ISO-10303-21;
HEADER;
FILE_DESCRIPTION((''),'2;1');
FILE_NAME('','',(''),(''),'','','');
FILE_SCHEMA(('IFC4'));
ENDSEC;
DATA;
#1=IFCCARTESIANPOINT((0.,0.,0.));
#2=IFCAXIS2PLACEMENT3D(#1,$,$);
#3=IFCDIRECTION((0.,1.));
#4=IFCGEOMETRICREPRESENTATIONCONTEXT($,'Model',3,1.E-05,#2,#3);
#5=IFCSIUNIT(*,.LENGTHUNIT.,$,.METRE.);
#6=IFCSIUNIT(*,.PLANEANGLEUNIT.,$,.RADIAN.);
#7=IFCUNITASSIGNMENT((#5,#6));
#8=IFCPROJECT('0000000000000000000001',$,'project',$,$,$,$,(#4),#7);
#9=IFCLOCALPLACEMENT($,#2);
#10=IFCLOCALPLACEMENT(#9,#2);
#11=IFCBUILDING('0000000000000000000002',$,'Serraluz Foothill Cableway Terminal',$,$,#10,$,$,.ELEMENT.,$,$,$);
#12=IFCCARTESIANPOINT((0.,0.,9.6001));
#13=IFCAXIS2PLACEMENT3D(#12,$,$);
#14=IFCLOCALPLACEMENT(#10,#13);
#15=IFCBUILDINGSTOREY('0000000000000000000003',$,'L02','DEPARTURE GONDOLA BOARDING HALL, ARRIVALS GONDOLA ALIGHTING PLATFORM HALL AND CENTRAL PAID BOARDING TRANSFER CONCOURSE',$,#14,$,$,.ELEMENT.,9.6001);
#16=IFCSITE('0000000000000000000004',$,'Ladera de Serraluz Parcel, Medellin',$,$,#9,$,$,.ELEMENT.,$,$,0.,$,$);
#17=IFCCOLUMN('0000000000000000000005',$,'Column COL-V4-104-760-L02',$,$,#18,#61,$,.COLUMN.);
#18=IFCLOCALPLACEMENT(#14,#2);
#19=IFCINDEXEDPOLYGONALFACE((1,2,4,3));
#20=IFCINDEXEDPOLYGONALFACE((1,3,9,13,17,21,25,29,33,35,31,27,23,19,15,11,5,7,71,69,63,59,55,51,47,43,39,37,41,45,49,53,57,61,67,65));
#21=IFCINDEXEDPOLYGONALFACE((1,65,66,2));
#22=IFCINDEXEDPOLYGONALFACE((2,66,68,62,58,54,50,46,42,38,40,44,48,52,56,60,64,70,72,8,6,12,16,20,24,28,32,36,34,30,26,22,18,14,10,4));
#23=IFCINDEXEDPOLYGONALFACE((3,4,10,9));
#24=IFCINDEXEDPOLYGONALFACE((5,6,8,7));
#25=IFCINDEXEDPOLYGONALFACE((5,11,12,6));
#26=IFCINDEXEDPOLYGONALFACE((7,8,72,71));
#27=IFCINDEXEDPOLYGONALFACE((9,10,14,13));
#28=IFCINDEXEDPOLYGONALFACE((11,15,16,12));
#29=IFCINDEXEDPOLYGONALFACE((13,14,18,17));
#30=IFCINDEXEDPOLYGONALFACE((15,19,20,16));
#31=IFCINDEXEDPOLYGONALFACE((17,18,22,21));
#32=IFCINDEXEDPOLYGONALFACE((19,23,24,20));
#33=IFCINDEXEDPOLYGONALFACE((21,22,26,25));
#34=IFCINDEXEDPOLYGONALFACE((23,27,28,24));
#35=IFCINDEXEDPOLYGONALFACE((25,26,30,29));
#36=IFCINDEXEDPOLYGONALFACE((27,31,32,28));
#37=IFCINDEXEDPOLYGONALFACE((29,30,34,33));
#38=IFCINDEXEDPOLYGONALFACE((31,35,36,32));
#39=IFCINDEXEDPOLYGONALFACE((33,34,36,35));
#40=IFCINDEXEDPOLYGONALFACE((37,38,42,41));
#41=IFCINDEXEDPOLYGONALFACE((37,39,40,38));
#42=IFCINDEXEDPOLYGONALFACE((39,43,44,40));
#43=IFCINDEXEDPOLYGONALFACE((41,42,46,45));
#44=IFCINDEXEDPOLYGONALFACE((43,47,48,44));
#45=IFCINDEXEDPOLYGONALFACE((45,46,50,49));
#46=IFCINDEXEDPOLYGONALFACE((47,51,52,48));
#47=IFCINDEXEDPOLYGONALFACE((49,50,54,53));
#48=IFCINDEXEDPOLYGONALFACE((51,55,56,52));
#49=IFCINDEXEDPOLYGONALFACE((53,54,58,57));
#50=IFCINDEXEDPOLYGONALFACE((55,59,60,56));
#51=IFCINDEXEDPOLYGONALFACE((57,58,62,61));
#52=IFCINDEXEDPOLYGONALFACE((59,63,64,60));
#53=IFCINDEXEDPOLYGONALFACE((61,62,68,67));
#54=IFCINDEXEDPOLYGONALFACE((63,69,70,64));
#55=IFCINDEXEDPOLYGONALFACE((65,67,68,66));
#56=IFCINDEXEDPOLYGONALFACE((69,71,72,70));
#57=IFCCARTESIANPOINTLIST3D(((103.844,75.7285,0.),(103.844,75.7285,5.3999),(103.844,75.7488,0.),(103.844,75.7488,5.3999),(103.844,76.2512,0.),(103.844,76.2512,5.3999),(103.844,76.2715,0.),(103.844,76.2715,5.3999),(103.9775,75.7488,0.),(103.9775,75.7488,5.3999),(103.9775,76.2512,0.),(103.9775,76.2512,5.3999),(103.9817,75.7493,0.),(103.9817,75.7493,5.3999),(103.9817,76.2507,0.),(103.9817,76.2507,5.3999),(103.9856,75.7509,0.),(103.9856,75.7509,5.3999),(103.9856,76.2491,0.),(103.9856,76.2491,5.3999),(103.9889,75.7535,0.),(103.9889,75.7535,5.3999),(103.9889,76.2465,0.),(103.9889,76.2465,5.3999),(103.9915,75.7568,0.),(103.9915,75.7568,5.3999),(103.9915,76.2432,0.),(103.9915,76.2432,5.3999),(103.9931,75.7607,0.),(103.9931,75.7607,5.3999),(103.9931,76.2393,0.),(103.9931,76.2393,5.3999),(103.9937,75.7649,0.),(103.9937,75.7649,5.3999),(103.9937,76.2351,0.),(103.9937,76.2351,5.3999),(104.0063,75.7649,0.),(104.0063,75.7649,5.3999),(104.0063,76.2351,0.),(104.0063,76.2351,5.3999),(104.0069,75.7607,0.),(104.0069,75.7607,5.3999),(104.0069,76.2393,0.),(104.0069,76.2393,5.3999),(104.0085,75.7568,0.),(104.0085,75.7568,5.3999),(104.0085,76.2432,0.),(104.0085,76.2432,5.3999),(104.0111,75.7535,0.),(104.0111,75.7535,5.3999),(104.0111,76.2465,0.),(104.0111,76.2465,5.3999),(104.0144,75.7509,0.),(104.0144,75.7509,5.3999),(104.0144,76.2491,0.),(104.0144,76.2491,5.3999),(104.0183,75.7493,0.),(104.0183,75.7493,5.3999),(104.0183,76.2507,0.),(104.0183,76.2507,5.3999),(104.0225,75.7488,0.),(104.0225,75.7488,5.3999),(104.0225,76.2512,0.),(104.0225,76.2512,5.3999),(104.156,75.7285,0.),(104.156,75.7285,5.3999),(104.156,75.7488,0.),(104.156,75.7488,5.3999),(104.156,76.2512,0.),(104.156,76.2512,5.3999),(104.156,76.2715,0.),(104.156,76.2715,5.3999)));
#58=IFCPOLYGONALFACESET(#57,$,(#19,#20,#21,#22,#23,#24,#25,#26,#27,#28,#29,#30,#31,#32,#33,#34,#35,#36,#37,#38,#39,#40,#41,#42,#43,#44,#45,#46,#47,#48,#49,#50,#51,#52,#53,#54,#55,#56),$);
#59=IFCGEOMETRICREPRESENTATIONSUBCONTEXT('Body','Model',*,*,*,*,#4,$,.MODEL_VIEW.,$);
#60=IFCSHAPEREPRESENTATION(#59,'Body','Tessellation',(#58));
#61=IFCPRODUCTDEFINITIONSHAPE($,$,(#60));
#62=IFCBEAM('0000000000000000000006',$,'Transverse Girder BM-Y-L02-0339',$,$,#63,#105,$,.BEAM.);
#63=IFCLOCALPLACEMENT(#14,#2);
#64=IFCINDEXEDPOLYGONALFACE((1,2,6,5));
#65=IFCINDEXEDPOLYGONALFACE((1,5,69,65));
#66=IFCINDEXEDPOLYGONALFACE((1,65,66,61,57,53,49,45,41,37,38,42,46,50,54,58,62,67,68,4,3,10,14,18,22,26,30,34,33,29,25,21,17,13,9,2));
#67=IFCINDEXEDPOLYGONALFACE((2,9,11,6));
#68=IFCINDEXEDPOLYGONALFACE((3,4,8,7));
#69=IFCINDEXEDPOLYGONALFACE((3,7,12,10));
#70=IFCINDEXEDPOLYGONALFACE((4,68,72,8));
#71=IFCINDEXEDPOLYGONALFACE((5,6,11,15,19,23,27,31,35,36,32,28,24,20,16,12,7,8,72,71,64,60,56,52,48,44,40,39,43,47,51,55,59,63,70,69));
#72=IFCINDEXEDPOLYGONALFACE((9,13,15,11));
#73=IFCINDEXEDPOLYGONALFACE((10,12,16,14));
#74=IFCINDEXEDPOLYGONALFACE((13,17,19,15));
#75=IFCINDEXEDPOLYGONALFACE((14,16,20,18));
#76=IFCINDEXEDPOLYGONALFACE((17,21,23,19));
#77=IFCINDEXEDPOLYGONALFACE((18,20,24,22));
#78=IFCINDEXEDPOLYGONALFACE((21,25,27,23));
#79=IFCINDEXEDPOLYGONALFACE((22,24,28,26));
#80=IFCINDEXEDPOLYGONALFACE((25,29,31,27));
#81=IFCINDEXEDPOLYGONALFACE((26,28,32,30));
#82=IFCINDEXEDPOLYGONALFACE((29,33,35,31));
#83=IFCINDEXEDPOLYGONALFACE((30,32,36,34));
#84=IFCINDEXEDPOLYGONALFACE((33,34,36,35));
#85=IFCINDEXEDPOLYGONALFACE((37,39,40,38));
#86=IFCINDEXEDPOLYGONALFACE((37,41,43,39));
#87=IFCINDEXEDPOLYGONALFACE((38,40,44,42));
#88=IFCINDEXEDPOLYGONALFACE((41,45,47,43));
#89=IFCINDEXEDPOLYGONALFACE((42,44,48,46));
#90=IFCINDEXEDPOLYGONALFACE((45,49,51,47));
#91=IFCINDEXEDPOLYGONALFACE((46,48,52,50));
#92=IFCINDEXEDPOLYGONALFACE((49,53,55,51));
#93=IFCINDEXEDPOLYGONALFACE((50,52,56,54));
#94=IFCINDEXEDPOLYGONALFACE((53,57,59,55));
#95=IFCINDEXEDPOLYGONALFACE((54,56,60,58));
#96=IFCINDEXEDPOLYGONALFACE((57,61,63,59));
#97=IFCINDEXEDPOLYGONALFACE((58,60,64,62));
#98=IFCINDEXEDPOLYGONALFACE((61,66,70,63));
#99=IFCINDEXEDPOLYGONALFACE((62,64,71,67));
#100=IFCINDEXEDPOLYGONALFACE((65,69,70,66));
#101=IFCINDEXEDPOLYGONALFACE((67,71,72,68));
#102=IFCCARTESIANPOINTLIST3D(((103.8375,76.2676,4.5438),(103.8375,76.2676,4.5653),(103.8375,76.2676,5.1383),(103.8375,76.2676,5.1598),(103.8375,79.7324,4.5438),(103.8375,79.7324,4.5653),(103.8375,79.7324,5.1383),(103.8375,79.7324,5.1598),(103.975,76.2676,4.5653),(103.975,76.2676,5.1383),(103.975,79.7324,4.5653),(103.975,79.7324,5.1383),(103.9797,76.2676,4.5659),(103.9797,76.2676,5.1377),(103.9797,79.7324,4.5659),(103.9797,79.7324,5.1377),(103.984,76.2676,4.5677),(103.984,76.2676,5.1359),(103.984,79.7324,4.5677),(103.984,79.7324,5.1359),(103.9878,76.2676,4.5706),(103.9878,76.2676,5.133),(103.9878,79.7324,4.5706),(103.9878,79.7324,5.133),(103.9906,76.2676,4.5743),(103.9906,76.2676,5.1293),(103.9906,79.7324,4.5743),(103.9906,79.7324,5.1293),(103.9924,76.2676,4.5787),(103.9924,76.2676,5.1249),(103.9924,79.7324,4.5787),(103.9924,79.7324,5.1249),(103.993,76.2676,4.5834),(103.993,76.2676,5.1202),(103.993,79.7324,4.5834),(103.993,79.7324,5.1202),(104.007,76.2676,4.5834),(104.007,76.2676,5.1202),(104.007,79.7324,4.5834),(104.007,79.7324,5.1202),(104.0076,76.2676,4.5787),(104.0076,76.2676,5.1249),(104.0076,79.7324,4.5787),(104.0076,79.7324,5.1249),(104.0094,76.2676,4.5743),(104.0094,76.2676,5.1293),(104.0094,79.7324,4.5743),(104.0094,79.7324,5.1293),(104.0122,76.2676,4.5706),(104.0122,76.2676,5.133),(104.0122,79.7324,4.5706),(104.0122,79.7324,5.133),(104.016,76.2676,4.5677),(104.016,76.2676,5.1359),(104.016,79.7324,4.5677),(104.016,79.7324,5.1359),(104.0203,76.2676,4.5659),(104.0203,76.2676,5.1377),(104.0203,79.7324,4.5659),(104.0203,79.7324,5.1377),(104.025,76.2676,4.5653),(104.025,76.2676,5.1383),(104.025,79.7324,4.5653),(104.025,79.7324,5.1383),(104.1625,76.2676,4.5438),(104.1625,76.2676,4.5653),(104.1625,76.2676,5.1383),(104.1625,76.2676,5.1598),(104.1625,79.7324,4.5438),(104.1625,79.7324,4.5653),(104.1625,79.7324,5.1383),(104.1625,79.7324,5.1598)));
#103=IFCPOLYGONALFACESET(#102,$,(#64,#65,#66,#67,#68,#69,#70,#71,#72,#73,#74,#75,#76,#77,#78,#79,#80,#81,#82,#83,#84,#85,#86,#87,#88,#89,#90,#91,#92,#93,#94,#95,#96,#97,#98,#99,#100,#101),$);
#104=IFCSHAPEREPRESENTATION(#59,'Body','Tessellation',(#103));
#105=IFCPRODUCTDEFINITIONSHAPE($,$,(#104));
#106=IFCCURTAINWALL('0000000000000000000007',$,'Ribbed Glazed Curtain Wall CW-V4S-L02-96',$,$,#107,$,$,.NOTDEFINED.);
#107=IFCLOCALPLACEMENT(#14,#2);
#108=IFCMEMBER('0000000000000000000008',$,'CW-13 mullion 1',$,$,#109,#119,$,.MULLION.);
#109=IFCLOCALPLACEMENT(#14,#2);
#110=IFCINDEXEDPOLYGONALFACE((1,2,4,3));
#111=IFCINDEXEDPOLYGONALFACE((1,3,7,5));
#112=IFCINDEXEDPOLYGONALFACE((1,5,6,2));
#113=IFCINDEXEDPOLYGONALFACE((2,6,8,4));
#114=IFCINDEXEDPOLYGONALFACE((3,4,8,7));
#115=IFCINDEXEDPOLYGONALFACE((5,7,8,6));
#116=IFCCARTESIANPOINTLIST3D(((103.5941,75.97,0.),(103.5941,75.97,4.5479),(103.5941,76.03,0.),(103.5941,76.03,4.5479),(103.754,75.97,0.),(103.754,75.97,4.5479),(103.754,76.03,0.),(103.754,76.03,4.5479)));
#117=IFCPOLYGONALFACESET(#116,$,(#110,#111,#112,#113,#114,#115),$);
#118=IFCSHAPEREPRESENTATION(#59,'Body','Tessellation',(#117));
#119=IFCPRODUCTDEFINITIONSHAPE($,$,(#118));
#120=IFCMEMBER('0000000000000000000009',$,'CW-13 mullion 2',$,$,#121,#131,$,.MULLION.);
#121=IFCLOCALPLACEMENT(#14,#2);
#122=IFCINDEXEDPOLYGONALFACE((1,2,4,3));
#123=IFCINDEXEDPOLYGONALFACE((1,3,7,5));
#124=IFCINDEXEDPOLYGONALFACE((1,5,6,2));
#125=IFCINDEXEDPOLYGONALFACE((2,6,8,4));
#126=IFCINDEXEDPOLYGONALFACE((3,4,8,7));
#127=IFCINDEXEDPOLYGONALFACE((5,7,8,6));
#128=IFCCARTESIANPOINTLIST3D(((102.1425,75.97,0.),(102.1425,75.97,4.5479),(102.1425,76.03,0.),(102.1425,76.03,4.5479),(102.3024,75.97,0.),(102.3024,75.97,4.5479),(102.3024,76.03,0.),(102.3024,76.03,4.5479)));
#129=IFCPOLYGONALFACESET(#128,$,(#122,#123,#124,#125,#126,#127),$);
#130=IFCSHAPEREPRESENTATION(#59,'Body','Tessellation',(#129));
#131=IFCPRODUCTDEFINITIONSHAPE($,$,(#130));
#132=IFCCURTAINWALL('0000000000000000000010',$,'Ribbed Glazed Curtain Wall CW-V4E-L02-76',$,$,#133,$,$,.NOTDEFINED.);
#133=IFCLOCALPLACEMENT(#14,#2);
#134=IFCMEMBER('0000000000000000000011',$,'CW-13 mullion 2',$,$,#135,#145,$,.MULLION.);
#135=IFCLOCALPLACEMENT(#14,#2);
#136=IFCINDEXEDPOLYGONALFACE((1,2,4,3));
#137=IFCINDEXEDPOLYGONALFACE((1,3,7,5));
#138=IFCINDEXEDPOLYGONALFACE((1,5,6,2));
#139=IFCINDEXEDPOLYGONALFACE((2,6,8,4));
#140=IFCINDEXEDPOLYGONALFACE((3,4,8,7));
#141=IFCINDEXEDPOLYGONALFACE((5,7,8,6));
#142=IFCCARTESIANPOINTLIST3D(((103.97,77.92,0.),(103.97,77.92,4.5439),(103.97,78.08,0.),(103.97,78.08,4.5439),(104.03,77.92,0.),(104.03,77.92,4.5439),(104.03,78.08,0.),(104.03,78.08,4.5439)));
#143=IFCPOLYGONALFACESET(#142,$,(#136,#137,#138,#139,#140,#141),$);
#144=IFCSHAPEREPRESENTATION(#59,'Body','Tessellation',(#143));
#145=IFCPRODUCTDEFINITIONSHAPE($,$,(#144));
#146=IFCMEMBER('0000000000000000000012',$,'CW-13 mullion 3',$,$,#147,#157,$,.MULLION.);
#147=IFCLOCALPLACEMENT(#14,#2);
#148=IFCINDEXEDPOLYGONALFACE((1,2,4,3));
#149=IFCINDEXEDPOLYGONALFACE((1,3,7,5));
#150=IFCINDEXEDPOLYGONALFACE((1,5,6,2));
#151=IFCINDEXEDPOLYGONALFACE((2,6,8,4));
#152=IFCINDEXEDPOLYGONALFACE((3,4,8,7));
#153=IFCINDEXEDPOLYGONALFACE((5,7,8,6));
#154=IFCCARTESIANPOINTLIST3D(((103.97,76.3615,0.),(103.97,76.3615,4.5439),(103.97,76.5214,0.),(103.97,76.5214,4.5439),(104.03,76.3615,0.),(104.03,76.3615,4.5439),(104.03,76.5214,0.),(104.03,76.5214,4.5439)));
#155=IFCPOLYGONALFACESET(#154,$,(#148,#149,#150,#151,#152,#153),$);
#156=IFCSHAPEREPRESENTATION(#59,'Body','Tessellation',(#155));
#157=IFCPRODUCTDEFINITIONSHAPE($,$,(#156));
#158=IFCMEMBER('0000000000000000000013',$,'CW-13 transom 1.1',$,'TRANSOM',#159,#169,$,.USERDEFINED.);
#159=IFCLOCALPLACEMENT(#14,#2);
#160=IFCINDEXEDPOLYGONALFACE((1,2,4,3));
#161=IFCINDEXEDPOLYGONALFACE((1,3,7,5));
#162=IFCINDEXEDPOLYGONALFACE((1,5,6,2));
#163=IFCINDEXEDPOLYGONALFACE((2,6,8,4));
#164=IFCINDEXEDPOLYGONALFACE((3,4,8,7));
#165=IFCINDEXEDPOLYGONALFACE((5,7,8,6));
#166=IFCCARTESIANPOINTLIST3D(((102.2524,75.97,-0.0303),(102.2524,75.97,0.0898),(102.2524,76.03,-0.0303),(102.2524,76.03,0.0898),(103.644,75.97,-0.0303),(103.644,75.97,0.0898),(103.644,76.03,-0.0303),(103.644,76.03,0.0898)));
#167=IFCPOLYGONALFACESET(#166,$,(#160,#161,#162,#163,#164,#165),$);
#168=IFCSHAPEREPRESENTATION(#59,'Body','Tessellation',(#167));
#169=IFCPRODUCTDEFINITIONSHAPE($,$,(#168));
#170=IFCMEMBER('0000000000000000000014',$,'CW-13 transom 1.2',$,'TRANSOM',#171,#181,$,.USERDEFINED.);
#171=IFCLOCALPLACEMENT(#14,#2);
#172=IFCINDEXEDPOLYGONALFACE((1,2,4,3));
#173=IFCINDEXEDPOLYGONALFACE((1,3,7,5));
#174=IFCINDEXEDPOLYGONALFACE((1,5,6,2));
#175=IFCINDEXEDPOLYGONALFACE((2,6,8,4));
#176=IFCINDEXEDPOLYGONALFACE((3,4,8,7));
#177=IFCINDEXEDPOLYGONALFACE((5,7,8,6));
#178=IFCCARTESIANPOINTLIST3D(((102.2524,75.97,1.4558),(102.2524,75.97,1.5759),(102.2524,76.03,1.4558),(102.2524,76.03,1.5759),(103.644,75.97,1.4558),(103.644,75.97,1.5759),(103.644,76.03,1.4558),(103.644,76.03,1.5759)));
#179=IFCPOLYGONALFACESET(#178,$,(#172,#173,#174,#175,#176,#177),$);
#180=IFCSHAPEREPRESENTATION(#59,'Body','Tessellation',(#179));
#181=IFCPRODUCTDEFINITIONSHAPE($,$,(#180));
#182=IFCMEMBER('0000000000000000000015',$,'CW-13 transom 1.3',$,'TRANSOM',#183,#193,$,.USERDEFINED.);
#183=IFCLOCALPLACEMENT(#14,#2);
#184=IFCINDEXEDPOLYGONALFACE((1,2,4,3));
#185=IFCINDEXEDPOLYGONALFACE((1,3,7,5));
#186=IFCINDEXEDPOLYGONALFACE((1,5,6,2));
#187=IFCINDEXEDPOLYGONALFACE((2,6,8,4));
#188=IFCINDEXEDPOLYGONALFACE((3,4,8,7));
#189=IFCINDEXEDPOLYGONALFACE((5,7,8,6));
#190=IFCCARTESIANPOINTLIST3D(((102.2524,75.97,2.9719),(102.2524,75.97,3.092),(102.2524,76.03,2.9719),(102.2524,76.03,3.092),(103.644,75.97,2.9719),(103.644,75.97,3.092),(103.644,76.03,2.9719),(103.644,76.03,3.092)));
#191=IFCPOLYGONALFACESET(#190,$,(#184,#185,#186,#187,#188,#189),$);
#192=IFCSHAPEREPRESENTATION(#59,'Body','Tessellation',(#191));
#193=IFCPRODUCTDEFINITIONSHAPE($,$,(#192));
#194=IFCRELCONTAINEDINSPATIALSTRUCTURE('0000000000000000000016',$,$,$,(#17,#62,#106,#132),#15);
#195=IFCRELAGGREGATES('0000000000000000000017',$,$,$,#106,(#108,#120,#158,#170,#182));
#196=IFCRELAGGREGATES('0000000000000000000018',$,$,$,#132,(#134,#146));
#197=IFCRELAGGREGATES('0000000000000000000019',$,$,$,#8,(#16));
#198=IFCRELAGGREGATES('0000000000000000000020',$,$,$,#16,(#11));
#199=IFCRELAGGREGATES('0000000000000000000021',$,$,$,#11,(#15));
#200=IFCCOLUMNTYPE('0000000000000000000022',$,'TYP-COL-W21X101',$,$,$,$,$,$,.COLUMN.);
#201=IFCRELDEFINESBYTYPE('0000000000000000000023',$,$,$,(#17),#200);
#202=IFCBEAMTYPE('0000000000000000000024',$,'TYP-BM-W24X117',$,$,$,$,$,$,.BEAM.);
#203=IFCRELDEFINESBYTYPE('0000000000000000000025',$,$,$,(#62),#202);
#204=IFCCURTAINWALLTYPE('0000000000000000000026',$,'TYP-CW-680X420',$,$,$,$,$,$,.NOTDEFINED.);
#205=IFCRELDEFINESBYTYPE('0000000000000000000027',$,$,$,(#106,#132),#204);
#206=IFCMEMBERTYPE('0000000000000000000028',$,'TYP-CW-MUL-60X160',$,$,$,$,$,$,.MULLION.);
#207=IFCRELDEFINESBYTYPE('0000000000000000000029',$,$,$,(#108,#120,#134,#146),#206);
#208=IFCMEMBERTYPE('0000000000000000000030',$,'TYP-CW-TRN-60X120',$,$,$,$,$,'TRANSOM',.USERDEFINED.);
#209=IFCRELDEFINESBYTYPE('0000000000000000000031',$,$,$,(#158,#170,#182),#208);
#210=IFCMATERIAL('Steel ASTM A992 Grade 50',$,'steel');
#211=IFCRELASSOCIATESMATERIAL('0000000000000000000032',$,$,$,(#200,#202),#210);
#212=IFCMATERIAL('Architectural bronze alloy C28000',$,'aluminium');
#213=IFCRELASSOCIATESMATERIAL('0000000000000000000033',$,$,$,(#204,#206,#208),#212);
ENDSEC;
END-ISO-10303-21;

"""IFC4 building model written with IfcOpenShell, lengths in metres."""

from ifc_helpers import new_model, si_unit, direction, frame, origin, origin_2d, place, context, subcontext, project, spatial, rectangle, i_section, extrude, material, material_profile, profile_set, type_object, element, aggregate, save


model = new_model("IFC4")

# Units and contexts
model_context = context("Model", 3, precision=1e-05, world=origin(), true_north=direction((0.0, 1.0)))
body_context = subcontext(model_context, "Body", "Model", "MODEL_VIEW")
ifc_project = project(units=[si_unit("LENGTHUNIT", "METRE"), si_unit("PLANEANGLEUNIT", "RADIAN")], contexts=[model_context])

# Site, building, storey
site_placement = place(None, origin())
site = spatial("IfcSite", under=ifc_project, at=site_placement, Name="Ladera de Serraluz Parcel, Medellin", CompositionType="ELEMENT", RefElevation=0.0)
building_placement = place(site_placement, origin())
building = spatial("IfcBuilding", under=site, at=building_placement, Name="Serraluz Foothill Cableway Terminal", CompositionType="ELEMENT")
storey_placement = place(building_placement, frame((0.0, 0.0, 9.6001)))
storey = spatial("IfcBuildingStorey", under=building, at=storey_placement, Name="L02", Description="DEPARTURE GONDOLA BOARDING HALL, ARRIVALS GONDOLA ALIGHTING PLATFORM HALL AND CENTRAL PAID BOARDING TRANSFER CONCOURSE", CompositionType="ELEMENT", Elevation=9.6001)

# Column
ifc_material_1 = material(Name="Steel ASTM A992 Grade 50", Category="steel")
ifc_material_profile_1 = material_profile(ifc_material_1, i_section(OverallWidth=0.312, OverallDepth=0.543, WebThickness=0.0127, FlangeThickness=0.0203, FilletRadius=0.0161, at=origin_2d()), Name="W21X101")
ifc_profile_set_1 = profile_set([ifc_material_profile_1], Name="Steel ASTM A992 Grade 50")
column_type = type_object("IfcColumnType", Name="TYP-COL-W21X101", PredefinedType="COLUMN", material=ifc_profile_set_1)
column_placement = place(storey_placement, frame((104.0, 76.0, 0.0), z_axis=(0.0, 0.0, 1.0), x_axis=(1.0, 0.0, 0.0)))
element("IfcColumn", 1, at=column_placement, inside=storey, type_object=column_type, Name="Column COL-V4-104-760-L02", PredefinedType="COLUMN", context=body_context, shape_type="SweptSolid", body=[
    extrude(i_section(OverallWidth=0.312, OverallDepth=0.543, WebThickness=0.0127, FlangeThickness=0.0203, FilletRadius=0.0161, at=origin_2d()), origin(), (0.0, 0.0, 1.0), 5.3999),
])

# Beam
ifc_material_profile_2 = material_profile(ifc_material_1, i_section(OverallWidth=0.325, OverallDepth=0.616, WebThickness=0.0139, FlangeThickness=0.0215, FilletRadius=0.0181, at=origin_2d()), Name="W24X117")
ifc_profile_set_2 = profile_set([ifc_material_profile_2], Name="Steel ASTM A992 Grade 50")
beam_type = type_object("IfcBeamType", Name="TYP-BM-W24X117", PredefinedType="BEAM", material=ifc_profile_set_2)
beam_placement = place(storey_placement, frame((104.0, 76.2676, 4.8518), z_axis=(0.0, 1.0, 0.0), x_axis=(-1.0, 0.0, 0.0)))
element("IfcBeam", 2, at=beam_placement, inside=storey, type_object=beam_type, Name="Transverse Girder BM-Y-L02-0339", PredefinedType="BEAM", context=body_context, shape_type="SweptSolid", body=[
    extrude(i_section(OverallWidth=0.325, OverallDepth=0.616, WebThickness=0.0139, FlangeThickness=0.0215, FilletRadius=0.0181, at=origin_2d()), origin(), (0.0, 0.0, 1.0), 3.4648),
])

# Curtain walls, members
ifc_material_2 = material(Name="Architectural bronze alloy C28000", Category="aluminium")
curtain_wall_type = type_object("IfcCurtainWallType", Name="TYP-CW-680X420", PredefinedType="NOTDEFINED", material=ifc_material_2)
curtain_wall_1_placement = place(storey_placement, origin())
curtain_wall_1 = element("IfcCurtainWall", 3, at=curtain_wall_1_placement, inside=storey, type_object=curtain_wall_type, Name="Ribbed Glazed Curtain Wall CW-V4S-L02-96", PredefinedType="NOTDEFINED")
ifc_material_profile_3 = material_profile(ifc_material_2, rectangle(XDim=0.0601, YDim=0.1599, at=origin_2d()), Name="ALU MULLION 60x160")
ifc_profile_set_3 = profile_set([ifc_material_profile_3], Name="Architectural bronze alloy C28000")
member_type_1 = type_object("IfcMemberType", Name="TYP-CW-MUL-60X160", PredefinedType="MULLION", material=ifc_profile_set_3)
member_1_placement = place(storey_placement, frame((103.6741, 76.0, 0.0), z_axis=(0.0, 0.0, 1.0), x_axis=(0.0, -1.0, 0.0)))
member_1 = element("IfcMember", 4, at=member_1_placement, type_object=member_type_1, Name="CW-13 mullion 1", PredefinedType="MULLION", context=body_context, shape_type="SweptSolid", body=[
    extrude(rectangle(XDim=0.0601, YDim=0.1599, at=origin_2d()), origin(), (0.0, 0.0, 1.0), 4.5479),
])
member_2_placement = place(storey_placement, frame((102.2224, 76.0, 0.0), z_axis=(0.0, 0.0, 1.0), x_axis=(0.0, -1.0, 0.0)))
member_2 = element("IfcMember", 5, at=member_2_placement, type_object=member_type_1, Name="CW-13 mullion 2", PredefinedType="MULLION", context=body_context, shape_type="SweptSolid", body=[
    extrude(rectangle(XDim=0.0601, YDim=0.1599, at=origin_2d()), origin(), (0.0, 0.0, 1.0), 4.5479),
])
curtain_wall_2_placement = place(storey_placement, origin())
curtain_wall_2 = element("IfcCurtainWall", 6, at=curtain_wall_2_placement, inside=storey, type_object=curtain_wall_type, Name="Ribbed Glazed Curtain Wall CW-V4E-L02-76", PredefinedType="NOTDEFINED")
member_3_placement = place(storey_placement, frame((104.0, 78.0, 0.0), z_axis=(0.0, 0.0, 1.0), x_axis=(1.0, 0.0, 0.0)))
member_3 = element("IfcMember", 7, at=member_3_placement, type_object=member_type_1, Name="CW-13 mullion 2", PredefinedType="MULLION", context=body_context, shape_type="SweptSolid", body=[
    extrude(rectangle(XDim=0.0601, YDim=0.1599, at=origin_2d()), origin(), (0.0, 0.0, 1.0), 4.5439),
])
member_4_placement = place(storey_placement, frame((104.0, 76.4414, 0.0), z_axis=(0.0, 0.0, 1.0), x_axis=(1.0, 0.0, 0.0)))
member_4 = element("IfcMember", 8, at=member_4_placement, type_object=member_type_1, Name="CW-13 mullion 3", PredefinedType="MULLION", context=body_context, shape_type="SweptSolid", body=[
    extrude(rectangle(XDim=0.0601, YDim=0.1599, at=origin_2d()), origin(), (0.0, 0.0, 1.0), 4.5439),
])

# Members
ifc_material_profile_4 = material_profile(ifc_material_2, rectangle(XDim=0.0601, YDim=0.1201, at=origin_2d()), Name="ALU TRANSOM 60x120")
ifc_profile_set_4 = profile_set([ifc_material_profile_4], Name="Architectural bronze alloy C28000")
member_type_2 = type_object("IfcMemberType", Name="TYP-CW-TRN-60X120", ElementType="TRANSOM", PredefinedType="USERDEFINED", material=ifc_profile_set_4)
member_5_placement = place(storey_placement, frame((103.644, 76.0, 0.0298), z_axis=(-1.0, 0.0, 0.0), x_axis=(0.0, -1.0, 0.0)))
member_5 = element("IfcMember", 9, at=member_5_placement, type_object=member_type_2, Name="CW-13 transom 1.1", ObjectType="TRANSOM", PredefinedType="USERDEFINED", context=body_context, shape_type="SweptSolid", body=[
    extrude(rectangle(XDim=0.0601, YDim=0.1201, at=origin_2d()), origin(), (0.0, 0.0, 1.0), 1.3916),
])
member_6_placement = place(storey_placement, frame((103.644, 76.0, 1.5159), z_axis=(-1.0, 0.0, 0.0), x_axis=(0.0, -1.0, 0.0)))
member_6 = element("IfcMember", 10, at=member_6_placement, type_object=member_type_2, Name="CW-13 transom 1.2", ObjectType="TRANSOM", PredefinedType="USERDEFINED", context=body_context, shape_type="SweptSolid", body=[
    extrude(rectangle(XDim=0.0601, YDim=0.1201, at=origin_2d()), origin(), (0.0, 0.0, 1.0), 1.3916),
])
member_7_placement = place(storey_placement, frame((103.644, 76.0, 3.032), z_axis=(-1.0, 0.0, 0.0), x_axis=(0.0, -1.0, 0.0)))
member_7 = element("IfcMember", 11, at=member_7_placement, type_object=member_type_2, Name="CW-13 transom 1.3", ObjectType="TRANSOM", PredefinedType="USERDEFINED", context=body_context, shape_type="SweptSolid", body=[
    extrude(rectangle(XDim=0.0601, YDim=0.1201, at=origin_2d()), origin(), (0.0, 0.0, 1.0), 1.3916),
])

aggregate(curtain_wall_1, [member_1, member_2, member_5, member_6, member_7])
aggregate(curtain_wall_2, [member_3, member_4])

save(model, "model.ifc")
